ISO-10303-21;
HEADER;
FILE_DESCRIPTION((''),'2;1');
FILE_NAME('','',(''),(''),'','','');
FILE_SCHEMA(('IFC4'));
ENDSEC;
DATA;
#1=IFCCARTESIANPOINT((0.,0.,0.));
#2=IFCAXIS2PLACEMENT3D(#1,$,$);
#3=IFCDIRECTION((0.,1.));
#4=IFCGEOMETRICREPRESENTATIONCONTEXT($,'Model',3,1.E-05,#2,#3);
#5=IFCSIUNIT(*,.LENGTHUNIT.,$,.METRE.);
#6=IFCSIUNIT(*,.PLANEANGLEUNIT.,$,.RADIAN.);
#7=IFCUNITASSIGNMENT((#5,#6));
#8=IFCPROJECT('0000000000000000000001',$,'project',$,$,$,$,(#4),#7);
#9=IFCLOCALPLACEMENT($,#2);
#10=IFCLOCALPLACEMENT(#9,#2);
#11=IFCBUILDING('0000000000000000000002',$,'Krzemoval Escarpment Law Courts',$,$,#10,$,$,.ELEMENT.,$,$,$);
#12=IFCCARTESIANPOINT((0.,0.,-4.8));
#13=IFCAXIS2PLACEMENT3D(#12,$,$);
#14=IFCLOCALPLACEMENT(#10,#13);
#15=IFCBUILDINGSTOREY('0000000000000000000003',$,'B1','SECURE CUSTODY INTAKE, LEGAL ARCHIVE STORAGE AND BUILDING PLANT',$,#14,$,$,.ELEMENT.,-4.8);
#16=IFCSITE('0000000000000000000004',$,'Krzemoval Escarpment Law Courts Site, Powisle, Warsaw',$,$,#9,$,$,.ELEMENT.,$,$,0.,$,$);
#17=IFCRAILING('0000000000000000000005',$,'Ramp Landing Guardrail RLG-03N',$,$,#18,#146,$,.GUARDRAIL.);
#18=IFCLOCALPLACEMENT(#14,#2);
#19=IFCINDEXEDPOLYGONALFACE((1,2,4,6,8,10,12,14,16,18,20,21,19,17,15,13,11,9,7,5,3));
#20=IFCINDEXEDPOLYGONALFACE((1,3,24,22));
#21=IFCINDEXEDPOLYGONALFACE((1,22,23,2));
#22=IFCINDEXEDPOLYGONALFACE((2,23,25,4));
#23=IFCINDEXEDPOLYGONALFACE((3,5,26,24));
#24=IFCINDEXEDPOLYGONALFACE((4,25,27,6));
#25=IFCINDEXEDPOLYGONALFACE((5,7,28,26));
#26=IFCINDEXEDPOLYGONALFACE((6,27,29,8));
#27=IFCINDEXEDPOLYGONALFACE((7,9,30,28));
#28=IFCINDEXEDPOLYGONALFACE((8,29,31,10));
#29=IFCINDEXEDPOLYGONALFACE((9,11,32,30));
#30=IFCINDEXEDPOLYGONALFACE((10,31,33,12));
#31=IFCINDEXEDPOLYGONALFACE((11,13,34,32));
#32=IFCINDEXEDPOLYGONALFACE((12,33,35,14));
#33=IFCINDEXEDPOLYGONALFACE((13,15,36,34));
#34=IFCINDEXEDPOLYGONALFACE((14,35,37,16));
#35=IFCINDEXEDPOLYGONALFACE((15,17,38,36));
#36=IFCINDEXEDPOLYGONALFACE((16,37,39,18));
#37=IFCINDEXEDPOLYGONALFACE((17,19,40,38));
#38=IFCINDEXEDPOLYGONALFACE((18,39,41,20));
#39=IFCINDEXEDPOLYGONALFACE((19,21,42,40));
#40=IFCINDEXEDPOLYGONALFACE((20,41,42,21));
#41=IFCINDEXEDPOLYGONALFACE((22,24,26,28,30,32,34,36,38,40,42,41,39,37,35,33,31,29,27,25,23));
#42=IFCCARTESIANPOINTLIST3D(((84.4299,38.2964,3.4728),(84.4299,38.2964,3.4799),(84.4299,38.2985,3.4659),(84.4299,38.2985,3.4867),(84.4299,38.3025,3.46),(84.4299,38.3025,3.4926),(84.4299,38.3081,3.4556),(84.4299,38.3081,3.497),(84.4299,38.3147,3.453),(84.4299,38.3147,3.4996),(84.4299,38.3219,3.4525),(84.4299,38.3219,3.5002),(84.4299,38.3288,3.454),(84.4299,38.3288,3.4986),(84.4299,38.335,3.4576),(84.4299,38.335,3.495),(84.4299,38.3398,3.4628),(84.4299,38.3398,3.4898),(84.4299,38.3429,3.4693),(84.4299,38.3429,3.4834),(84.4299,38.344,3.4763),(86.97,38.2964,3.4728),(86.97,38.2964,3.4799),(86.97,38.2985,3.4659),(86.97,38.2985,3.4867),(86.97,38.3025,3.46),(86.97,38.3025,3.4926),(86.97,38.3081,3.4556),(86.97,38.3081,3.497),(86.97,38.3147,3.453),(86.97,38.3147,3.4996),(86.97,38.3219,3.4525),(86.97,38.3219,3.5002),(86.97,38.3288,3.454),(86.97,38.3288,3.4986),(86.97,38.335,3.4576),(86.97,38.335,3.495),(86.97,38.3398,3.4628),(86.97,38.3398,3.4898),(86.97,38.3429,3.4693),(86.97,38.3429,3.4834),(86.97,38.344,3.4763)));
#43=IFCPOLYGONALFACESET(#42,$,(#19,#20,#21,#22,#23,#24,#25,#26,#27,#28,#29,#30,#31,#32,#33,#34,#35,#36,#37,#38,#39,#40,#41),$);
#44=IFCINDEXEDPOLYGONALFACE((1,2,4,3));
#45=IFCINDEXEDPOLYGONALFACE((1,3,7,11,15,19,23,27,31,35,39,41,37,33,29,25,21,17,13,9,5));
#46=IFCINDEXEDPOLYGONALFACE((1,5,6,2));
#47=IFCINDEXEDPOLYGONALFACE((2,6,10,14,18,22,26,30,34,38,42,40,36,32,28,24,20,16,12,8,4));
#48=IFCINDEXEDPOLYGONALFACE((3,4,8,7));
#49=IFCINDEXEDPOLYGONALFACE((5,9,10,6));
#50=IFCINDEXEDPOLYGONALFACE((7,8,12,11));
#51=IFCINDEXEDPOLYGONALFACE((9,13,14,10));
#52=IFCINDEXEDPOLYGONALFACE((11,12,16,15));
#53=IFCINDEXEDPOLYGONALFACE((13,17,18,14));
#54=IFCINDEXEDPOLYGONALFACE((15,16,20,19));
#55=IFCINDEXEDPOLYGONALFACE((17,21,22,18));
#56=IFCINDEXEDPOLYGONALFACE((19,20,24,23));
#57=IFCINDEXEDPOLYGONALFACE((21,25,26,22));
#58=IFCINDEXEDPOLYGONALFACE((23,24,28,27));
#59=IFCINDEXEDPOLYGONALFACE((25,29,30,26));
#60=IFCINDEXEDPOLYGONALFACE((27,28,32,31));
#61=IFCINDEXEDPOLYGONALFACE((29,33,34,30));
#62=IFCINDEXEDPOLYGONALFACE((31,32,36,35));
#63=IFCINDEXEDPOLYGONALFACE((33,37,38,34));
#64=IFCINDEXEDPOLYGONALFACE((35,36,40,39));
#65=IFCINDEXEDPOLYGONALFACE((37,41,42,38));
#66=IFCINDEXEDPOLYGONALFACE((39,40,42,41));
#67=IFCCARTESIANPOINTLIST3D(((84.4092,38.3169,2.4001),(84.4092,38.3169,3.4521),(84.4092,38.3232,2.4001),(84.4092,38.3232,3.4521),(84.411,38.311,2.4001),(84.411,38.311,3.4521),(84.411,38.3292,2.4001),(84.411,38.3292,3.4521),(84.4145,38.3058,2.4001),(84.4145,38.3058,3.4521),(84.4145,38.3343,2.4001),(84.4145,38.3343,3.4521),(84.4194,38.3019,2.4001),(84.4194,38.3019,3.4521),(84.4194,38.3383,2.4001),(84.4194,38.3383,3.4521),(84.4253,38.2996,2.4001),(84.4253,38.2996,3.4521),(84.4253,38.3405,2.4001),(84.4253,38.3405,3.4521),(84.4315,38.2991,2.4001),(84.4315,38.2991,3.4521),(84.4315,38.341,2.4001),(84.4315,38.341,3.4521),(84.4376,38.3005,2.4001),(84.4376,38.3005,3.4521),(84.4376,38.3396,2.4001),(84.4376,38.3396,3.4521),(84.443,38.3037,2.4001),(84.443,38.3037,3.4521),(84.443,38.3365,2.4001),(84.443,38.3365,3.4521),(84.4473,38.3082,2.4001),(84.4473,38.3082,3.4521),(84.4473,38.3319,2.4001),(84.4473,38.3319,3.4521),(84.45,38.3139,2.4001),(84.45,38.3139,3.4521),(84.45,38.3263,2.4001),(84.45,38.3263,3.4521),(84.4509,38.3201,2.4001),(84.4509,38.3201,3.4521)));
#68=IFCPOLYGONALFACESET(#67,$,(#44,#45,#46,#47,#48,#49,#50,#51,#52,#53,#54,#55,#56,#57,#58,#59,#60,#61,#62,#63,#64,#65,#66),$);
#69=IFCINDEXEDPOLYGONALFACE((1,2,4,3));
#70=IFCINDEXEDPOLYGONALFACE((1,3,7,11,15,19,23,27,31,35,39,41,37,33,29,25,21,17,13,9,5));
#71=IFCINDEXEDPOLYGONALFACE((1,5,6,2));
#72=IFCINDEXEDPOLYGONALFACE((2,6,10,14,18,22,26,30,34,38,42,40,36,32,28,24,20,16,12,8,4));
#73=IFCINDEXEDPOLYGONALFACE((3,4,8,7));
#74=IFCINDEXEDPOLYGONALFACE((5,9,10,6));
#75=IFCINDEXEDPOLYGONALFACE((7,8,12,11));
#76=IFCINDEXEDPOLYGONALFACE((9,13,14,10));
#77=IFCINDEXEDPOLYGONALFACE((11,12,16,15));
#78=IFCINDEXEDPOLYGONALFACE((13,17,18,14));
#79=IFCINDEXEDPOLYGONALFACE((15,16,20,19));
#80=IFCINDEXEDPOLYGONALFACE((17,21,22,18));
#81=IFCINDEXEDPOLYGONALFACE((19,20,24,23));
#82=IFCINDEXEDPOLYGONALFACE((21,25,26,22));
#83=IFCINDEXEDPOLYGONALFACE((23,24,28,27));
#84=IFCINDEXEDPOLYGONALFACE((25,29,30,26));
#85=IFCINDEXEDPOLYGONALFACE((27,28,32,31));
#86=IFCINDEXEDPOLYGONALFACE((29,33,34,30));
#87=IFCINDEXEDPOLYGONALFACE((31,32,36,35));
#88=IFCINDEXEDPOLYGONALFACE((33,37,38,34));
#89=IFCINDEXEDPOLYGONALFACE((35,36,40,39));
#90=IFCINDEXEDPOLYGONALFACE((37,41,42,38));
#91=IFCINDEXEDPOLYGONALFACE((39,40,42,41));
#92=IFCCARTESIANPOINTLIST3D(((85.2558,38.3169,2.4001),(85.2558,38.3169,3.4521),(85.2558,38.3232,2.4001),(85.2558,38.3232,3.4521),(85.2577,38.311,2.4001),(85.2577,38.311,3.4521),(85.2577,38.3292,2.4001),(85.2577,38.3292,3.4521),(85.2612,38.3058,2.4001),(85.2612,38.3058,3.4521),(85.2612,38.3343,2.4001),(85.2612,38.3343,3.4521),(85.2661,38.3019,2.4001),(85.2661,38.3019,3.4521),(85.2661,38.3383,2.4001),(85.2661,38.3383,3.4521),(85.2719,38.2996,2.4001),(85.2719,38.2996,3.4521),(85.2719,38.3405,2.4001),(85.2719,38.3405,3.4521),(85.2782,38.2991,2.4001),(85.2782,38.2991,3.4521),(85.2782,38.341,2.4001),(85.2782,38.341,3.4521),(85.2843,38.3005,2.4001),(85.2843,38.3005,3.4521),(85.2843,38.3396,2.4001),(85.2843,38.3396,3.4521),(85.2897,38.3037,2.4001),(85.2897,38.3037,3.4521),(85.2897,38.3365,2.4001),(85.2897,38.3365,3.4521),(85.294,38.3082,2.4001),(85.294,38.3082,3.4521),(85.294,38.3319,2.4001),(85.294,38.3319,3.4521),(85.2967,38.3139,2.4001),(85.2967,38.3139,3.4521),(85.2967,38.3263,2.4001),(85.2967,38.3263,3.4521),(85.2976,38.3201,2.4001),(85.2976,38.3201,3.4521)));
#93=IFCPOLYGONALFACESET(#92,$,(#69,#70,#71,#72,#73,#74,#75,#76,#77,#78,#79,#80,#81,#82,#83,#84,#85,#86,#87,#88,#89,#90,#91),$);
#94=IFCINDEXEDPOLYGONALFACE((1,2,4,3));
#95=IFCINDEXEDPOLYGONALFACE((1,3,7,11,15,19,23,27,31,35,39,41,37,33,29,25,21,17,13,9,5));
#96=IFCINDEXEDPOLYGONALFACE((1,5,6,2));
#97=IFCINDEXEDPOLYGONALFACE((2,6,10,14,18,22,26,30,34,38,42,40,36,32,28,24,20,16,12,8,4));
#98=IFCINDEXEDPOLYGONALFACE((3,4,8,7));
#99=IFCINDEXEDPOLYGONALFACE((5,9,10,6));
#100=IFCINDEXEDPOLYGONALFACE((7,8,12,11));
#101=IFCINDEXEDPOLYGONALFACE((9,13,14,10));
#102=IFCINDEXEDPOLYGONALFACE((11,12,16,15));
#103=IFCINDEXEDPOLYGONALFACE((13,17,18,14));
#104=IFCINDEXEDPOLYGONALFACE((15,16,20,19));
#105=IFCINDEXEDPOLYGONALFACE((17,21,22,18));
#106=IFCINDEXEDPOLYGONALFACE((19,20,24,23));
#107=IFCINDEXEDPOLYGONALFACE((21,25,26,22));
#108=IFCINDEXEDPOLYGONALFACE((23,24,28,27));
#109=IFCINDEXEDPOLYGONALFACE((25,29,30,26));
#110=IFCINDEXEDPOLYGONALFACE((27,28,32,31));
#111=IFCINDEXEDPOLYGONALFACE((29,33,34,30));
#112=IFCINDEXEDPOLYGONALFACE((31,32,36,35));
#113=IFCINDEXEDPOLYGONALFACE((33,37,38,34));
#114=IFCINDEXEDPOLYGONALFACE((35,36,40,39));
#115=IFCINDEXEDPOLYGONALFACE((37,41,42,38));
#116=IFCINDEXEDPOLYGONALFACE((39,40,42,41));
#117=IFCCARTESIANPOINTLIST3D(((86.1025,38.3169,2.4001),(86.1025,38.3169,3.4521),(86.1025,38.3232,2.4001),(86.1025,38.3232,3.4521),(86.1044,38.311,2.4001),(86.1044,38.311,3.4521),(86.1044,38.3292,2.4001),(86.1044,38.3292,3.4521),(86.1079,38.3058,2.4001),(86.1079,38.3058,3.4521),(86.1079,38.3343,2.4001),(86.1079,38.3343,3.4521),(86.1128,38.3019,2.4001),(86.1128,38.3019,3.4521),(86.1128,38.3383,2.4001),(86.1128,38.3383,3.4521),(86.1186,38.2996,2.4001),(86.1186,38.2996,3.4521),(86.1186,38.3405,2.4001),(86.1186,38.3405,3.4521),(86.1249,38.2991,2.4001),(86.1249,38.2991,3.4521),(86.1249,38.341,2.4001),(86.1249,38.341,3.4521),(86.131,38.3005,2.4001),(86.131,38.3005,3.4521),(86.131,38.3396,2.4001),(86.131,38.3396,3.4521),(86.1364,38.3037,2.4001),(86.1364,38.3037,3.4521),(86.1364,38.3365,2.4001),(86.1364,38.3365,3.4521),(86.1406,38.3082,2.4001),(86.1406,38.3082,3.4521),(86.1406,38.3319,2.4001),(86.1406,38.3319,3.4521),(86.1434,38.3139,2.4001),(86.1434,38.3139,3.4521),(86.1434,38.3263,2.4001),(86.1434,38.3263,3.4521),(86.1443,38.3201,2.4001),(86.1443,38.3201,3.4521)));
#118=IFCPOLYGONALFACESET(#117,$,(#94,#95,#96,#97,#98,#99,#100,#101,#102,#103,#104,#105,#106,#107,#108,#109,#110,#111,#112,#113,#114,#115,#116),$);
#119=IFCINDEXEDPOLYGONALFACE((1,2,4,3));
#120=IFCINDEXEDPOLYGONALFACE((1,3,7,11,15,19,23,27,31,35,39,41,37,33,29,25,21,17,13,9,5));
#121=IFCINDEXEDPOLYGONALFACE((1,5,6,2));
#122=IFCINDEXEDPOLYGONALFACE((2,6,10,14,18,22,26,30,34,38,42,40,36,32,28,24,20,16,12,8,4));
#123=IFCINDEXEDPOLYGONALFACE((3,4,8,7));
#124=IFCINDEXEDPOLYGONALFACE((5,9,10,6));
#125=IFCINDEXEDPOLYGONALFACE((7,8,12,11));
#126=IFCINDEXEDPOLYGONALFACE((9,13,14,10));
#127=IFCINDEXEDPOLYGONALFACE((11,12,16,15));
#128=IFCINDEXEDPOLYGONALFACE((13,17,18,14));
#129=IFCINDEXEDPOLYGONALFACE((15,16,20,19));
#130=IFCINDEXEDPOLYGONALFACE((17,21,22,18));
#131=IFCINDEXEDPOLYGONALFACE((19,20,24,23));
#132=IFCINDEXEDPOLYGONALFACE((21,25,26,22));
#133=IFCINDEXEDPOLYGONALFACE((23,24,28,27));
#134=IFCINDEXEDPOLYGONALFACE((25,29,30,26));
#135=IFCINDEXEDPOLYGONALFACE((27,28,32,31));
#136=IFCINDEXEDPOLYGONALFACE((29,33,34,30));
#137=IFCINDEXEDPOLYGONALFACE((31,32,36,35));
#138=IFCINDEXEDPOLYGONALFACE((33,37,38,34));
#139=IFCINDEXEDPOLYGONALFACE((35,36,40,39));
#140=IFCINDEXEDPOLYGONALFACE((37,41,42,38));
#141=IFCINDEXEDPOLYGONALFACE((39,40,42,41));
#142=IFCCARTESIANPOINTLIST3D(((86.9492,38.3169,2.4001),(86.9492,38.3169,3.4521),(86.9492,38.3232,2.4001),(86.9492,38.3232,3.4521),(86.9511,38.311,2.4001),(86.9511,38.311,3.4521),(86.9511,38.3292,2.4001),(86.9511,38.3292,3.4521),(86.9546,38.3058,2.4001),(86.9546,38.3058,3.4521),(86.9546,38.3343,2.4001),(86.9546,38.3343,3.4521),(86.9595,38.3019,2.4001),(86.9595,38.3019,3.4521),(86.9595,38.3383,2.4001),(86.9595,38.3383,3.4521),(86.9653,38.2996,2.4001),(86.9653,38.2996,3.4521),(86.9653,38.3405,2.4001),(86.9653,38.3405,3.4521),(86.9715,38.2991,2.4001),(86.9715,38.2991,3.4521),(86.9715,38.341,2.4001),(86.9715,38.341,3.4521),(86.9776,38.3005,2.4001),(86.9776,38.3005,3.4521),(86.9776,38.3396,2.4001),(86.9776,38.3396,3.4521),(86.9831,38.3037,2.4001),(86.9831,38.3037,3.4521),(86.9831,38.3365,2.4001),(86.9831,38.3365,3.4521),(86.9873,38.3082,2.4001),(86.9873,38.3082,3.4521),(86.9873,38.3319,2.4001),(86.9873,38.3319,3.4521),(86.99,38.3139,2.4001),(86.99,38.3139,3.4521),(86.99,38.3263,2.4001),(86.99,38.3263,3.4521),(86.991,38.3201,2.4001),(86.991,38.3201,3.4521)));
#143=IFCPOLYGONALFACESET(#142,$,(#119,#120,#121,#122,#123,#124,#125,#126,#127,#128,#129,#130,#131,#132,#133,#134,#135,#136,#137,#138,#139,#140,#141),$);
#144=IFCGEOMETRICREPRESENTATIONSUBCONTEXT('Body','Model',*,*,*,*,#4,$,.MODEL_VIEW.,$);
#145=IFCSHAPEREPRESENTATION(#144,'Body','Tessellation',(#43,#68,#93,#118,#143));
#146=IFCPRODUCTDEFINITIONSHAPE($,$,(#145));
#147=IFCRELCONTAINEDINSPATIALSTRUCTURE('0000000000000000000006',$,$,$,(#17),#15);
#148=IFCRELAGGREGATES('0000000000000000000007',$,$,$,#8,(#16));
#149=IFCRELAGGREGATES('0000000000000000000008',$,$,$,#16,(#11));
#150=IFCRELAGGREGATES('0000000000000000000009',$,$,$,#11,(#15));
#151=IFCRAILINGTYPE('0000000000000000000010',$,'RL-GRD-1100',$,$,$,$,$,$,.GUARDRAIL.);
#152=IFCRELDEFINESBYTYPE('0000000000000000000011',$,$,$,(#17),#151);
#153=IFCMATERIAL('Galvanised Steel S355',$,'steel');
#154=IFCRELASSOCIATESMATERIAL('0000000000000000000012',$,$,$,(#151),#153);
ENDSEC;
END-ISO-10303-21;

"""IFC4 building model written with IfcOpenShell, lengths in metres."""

from ifc_helpers import new_model, si_unit, direction, frame, origin, origin_2d, place, context, subcontext, project, spatial, circle, extrude, material, type_object, element, save


model = new_model("IFC4")

# Units and contexts
model_context = context("Model", 3, precision=1e-05, world=origin(), true_north=direction((0.0, 1.0)))
body_context = subcontext(model_context, "Body", "Model", "MODEL_VIEW")
ifc_project = project(units=[si_unit("LENGTHUNIT", "METRE"), si_unit("PLANEANGLEUNIT", "RADIAN")], contexts=[model_context])

# Site, building, storey
site_placement = place(None, origin())
site = spatial("IfcSite", under=ifc_project, at=site_placement, Name="Krzemoval Escarpment Law Courts Site, Powisle, Warsaw", CompositionType="ELEMENT", RefElevation=0.0)
building_placement = place(site_placement, origin())
building = spatial("IfcBuilding", under=site, at=building_placement, Name="Krzemoval Escarpment Law Courts", CompositionType="ELEMENT")
storey_placement = place(building_placement, frame((0.0, 0.0, -4.8)))
storey = spatial("IfcBuildingStorey", under=building, at=storey_placement, Name="B1", Description="SECURE CUSTODY INTAKE, LEGAL ARCHIVE STORAGE AND BUILDING PLANT", CompositionType="ELEMENT", Elevation=-4.8)

# Railing
ifc_material_1 = material(Name="Galvanised Steel S355", Category="steel")
railing_type_1 = type_object("IfcRailingType", Name="RL-GRD-1100", PredefinedType="GUARDRAIL", material=ifc_material_1)
for number, where, name in (
    (1, (84.4299, 38.3201, 2.4001), "Ramp Landing Guardrail RLG-03N"),
):
    element("IfcRailing", number, at=place(storey_placement, frame(where)), inside=storey, type_object=railing_type_1, Name=name, PredefinedType="GUARDRAIL", context=body_context, shape_type="SweptSolid", body=[
        extrude(circle(Radius=0.0239, at=origin_2d()), frame((0.0, 0.0, 1.0762), z_axis=(1.0, 0.0, 0.0), x_axis=(0.0, 1.0, 0.0)), (0.0, 0.0, 1.0), 2.54),
        extrude(circle(Radius=0.021, at=origin_2d()), origin(), (0.0, 0.0, 1.0), 1.052),
        extrude(circle(Radius=0.021, at=origin_2d()), frame((0.8467, 0.0, 0.0)), (0.0, 0.0, 1.0), 1.052),
        extrude(circle(Radius=0.021, at=origin_2d()), frame((1.6934, 0.0, 0.0)), (0.0, 0.0, 1.0), 1.052),
        extrude(circle(Radius=0.021, at=origin_2d()), frame((2.54, 0.0, 0.0)), (0.0, 0.0, 1.0), 1.052),
    ])

save(model, "model.ifc")
